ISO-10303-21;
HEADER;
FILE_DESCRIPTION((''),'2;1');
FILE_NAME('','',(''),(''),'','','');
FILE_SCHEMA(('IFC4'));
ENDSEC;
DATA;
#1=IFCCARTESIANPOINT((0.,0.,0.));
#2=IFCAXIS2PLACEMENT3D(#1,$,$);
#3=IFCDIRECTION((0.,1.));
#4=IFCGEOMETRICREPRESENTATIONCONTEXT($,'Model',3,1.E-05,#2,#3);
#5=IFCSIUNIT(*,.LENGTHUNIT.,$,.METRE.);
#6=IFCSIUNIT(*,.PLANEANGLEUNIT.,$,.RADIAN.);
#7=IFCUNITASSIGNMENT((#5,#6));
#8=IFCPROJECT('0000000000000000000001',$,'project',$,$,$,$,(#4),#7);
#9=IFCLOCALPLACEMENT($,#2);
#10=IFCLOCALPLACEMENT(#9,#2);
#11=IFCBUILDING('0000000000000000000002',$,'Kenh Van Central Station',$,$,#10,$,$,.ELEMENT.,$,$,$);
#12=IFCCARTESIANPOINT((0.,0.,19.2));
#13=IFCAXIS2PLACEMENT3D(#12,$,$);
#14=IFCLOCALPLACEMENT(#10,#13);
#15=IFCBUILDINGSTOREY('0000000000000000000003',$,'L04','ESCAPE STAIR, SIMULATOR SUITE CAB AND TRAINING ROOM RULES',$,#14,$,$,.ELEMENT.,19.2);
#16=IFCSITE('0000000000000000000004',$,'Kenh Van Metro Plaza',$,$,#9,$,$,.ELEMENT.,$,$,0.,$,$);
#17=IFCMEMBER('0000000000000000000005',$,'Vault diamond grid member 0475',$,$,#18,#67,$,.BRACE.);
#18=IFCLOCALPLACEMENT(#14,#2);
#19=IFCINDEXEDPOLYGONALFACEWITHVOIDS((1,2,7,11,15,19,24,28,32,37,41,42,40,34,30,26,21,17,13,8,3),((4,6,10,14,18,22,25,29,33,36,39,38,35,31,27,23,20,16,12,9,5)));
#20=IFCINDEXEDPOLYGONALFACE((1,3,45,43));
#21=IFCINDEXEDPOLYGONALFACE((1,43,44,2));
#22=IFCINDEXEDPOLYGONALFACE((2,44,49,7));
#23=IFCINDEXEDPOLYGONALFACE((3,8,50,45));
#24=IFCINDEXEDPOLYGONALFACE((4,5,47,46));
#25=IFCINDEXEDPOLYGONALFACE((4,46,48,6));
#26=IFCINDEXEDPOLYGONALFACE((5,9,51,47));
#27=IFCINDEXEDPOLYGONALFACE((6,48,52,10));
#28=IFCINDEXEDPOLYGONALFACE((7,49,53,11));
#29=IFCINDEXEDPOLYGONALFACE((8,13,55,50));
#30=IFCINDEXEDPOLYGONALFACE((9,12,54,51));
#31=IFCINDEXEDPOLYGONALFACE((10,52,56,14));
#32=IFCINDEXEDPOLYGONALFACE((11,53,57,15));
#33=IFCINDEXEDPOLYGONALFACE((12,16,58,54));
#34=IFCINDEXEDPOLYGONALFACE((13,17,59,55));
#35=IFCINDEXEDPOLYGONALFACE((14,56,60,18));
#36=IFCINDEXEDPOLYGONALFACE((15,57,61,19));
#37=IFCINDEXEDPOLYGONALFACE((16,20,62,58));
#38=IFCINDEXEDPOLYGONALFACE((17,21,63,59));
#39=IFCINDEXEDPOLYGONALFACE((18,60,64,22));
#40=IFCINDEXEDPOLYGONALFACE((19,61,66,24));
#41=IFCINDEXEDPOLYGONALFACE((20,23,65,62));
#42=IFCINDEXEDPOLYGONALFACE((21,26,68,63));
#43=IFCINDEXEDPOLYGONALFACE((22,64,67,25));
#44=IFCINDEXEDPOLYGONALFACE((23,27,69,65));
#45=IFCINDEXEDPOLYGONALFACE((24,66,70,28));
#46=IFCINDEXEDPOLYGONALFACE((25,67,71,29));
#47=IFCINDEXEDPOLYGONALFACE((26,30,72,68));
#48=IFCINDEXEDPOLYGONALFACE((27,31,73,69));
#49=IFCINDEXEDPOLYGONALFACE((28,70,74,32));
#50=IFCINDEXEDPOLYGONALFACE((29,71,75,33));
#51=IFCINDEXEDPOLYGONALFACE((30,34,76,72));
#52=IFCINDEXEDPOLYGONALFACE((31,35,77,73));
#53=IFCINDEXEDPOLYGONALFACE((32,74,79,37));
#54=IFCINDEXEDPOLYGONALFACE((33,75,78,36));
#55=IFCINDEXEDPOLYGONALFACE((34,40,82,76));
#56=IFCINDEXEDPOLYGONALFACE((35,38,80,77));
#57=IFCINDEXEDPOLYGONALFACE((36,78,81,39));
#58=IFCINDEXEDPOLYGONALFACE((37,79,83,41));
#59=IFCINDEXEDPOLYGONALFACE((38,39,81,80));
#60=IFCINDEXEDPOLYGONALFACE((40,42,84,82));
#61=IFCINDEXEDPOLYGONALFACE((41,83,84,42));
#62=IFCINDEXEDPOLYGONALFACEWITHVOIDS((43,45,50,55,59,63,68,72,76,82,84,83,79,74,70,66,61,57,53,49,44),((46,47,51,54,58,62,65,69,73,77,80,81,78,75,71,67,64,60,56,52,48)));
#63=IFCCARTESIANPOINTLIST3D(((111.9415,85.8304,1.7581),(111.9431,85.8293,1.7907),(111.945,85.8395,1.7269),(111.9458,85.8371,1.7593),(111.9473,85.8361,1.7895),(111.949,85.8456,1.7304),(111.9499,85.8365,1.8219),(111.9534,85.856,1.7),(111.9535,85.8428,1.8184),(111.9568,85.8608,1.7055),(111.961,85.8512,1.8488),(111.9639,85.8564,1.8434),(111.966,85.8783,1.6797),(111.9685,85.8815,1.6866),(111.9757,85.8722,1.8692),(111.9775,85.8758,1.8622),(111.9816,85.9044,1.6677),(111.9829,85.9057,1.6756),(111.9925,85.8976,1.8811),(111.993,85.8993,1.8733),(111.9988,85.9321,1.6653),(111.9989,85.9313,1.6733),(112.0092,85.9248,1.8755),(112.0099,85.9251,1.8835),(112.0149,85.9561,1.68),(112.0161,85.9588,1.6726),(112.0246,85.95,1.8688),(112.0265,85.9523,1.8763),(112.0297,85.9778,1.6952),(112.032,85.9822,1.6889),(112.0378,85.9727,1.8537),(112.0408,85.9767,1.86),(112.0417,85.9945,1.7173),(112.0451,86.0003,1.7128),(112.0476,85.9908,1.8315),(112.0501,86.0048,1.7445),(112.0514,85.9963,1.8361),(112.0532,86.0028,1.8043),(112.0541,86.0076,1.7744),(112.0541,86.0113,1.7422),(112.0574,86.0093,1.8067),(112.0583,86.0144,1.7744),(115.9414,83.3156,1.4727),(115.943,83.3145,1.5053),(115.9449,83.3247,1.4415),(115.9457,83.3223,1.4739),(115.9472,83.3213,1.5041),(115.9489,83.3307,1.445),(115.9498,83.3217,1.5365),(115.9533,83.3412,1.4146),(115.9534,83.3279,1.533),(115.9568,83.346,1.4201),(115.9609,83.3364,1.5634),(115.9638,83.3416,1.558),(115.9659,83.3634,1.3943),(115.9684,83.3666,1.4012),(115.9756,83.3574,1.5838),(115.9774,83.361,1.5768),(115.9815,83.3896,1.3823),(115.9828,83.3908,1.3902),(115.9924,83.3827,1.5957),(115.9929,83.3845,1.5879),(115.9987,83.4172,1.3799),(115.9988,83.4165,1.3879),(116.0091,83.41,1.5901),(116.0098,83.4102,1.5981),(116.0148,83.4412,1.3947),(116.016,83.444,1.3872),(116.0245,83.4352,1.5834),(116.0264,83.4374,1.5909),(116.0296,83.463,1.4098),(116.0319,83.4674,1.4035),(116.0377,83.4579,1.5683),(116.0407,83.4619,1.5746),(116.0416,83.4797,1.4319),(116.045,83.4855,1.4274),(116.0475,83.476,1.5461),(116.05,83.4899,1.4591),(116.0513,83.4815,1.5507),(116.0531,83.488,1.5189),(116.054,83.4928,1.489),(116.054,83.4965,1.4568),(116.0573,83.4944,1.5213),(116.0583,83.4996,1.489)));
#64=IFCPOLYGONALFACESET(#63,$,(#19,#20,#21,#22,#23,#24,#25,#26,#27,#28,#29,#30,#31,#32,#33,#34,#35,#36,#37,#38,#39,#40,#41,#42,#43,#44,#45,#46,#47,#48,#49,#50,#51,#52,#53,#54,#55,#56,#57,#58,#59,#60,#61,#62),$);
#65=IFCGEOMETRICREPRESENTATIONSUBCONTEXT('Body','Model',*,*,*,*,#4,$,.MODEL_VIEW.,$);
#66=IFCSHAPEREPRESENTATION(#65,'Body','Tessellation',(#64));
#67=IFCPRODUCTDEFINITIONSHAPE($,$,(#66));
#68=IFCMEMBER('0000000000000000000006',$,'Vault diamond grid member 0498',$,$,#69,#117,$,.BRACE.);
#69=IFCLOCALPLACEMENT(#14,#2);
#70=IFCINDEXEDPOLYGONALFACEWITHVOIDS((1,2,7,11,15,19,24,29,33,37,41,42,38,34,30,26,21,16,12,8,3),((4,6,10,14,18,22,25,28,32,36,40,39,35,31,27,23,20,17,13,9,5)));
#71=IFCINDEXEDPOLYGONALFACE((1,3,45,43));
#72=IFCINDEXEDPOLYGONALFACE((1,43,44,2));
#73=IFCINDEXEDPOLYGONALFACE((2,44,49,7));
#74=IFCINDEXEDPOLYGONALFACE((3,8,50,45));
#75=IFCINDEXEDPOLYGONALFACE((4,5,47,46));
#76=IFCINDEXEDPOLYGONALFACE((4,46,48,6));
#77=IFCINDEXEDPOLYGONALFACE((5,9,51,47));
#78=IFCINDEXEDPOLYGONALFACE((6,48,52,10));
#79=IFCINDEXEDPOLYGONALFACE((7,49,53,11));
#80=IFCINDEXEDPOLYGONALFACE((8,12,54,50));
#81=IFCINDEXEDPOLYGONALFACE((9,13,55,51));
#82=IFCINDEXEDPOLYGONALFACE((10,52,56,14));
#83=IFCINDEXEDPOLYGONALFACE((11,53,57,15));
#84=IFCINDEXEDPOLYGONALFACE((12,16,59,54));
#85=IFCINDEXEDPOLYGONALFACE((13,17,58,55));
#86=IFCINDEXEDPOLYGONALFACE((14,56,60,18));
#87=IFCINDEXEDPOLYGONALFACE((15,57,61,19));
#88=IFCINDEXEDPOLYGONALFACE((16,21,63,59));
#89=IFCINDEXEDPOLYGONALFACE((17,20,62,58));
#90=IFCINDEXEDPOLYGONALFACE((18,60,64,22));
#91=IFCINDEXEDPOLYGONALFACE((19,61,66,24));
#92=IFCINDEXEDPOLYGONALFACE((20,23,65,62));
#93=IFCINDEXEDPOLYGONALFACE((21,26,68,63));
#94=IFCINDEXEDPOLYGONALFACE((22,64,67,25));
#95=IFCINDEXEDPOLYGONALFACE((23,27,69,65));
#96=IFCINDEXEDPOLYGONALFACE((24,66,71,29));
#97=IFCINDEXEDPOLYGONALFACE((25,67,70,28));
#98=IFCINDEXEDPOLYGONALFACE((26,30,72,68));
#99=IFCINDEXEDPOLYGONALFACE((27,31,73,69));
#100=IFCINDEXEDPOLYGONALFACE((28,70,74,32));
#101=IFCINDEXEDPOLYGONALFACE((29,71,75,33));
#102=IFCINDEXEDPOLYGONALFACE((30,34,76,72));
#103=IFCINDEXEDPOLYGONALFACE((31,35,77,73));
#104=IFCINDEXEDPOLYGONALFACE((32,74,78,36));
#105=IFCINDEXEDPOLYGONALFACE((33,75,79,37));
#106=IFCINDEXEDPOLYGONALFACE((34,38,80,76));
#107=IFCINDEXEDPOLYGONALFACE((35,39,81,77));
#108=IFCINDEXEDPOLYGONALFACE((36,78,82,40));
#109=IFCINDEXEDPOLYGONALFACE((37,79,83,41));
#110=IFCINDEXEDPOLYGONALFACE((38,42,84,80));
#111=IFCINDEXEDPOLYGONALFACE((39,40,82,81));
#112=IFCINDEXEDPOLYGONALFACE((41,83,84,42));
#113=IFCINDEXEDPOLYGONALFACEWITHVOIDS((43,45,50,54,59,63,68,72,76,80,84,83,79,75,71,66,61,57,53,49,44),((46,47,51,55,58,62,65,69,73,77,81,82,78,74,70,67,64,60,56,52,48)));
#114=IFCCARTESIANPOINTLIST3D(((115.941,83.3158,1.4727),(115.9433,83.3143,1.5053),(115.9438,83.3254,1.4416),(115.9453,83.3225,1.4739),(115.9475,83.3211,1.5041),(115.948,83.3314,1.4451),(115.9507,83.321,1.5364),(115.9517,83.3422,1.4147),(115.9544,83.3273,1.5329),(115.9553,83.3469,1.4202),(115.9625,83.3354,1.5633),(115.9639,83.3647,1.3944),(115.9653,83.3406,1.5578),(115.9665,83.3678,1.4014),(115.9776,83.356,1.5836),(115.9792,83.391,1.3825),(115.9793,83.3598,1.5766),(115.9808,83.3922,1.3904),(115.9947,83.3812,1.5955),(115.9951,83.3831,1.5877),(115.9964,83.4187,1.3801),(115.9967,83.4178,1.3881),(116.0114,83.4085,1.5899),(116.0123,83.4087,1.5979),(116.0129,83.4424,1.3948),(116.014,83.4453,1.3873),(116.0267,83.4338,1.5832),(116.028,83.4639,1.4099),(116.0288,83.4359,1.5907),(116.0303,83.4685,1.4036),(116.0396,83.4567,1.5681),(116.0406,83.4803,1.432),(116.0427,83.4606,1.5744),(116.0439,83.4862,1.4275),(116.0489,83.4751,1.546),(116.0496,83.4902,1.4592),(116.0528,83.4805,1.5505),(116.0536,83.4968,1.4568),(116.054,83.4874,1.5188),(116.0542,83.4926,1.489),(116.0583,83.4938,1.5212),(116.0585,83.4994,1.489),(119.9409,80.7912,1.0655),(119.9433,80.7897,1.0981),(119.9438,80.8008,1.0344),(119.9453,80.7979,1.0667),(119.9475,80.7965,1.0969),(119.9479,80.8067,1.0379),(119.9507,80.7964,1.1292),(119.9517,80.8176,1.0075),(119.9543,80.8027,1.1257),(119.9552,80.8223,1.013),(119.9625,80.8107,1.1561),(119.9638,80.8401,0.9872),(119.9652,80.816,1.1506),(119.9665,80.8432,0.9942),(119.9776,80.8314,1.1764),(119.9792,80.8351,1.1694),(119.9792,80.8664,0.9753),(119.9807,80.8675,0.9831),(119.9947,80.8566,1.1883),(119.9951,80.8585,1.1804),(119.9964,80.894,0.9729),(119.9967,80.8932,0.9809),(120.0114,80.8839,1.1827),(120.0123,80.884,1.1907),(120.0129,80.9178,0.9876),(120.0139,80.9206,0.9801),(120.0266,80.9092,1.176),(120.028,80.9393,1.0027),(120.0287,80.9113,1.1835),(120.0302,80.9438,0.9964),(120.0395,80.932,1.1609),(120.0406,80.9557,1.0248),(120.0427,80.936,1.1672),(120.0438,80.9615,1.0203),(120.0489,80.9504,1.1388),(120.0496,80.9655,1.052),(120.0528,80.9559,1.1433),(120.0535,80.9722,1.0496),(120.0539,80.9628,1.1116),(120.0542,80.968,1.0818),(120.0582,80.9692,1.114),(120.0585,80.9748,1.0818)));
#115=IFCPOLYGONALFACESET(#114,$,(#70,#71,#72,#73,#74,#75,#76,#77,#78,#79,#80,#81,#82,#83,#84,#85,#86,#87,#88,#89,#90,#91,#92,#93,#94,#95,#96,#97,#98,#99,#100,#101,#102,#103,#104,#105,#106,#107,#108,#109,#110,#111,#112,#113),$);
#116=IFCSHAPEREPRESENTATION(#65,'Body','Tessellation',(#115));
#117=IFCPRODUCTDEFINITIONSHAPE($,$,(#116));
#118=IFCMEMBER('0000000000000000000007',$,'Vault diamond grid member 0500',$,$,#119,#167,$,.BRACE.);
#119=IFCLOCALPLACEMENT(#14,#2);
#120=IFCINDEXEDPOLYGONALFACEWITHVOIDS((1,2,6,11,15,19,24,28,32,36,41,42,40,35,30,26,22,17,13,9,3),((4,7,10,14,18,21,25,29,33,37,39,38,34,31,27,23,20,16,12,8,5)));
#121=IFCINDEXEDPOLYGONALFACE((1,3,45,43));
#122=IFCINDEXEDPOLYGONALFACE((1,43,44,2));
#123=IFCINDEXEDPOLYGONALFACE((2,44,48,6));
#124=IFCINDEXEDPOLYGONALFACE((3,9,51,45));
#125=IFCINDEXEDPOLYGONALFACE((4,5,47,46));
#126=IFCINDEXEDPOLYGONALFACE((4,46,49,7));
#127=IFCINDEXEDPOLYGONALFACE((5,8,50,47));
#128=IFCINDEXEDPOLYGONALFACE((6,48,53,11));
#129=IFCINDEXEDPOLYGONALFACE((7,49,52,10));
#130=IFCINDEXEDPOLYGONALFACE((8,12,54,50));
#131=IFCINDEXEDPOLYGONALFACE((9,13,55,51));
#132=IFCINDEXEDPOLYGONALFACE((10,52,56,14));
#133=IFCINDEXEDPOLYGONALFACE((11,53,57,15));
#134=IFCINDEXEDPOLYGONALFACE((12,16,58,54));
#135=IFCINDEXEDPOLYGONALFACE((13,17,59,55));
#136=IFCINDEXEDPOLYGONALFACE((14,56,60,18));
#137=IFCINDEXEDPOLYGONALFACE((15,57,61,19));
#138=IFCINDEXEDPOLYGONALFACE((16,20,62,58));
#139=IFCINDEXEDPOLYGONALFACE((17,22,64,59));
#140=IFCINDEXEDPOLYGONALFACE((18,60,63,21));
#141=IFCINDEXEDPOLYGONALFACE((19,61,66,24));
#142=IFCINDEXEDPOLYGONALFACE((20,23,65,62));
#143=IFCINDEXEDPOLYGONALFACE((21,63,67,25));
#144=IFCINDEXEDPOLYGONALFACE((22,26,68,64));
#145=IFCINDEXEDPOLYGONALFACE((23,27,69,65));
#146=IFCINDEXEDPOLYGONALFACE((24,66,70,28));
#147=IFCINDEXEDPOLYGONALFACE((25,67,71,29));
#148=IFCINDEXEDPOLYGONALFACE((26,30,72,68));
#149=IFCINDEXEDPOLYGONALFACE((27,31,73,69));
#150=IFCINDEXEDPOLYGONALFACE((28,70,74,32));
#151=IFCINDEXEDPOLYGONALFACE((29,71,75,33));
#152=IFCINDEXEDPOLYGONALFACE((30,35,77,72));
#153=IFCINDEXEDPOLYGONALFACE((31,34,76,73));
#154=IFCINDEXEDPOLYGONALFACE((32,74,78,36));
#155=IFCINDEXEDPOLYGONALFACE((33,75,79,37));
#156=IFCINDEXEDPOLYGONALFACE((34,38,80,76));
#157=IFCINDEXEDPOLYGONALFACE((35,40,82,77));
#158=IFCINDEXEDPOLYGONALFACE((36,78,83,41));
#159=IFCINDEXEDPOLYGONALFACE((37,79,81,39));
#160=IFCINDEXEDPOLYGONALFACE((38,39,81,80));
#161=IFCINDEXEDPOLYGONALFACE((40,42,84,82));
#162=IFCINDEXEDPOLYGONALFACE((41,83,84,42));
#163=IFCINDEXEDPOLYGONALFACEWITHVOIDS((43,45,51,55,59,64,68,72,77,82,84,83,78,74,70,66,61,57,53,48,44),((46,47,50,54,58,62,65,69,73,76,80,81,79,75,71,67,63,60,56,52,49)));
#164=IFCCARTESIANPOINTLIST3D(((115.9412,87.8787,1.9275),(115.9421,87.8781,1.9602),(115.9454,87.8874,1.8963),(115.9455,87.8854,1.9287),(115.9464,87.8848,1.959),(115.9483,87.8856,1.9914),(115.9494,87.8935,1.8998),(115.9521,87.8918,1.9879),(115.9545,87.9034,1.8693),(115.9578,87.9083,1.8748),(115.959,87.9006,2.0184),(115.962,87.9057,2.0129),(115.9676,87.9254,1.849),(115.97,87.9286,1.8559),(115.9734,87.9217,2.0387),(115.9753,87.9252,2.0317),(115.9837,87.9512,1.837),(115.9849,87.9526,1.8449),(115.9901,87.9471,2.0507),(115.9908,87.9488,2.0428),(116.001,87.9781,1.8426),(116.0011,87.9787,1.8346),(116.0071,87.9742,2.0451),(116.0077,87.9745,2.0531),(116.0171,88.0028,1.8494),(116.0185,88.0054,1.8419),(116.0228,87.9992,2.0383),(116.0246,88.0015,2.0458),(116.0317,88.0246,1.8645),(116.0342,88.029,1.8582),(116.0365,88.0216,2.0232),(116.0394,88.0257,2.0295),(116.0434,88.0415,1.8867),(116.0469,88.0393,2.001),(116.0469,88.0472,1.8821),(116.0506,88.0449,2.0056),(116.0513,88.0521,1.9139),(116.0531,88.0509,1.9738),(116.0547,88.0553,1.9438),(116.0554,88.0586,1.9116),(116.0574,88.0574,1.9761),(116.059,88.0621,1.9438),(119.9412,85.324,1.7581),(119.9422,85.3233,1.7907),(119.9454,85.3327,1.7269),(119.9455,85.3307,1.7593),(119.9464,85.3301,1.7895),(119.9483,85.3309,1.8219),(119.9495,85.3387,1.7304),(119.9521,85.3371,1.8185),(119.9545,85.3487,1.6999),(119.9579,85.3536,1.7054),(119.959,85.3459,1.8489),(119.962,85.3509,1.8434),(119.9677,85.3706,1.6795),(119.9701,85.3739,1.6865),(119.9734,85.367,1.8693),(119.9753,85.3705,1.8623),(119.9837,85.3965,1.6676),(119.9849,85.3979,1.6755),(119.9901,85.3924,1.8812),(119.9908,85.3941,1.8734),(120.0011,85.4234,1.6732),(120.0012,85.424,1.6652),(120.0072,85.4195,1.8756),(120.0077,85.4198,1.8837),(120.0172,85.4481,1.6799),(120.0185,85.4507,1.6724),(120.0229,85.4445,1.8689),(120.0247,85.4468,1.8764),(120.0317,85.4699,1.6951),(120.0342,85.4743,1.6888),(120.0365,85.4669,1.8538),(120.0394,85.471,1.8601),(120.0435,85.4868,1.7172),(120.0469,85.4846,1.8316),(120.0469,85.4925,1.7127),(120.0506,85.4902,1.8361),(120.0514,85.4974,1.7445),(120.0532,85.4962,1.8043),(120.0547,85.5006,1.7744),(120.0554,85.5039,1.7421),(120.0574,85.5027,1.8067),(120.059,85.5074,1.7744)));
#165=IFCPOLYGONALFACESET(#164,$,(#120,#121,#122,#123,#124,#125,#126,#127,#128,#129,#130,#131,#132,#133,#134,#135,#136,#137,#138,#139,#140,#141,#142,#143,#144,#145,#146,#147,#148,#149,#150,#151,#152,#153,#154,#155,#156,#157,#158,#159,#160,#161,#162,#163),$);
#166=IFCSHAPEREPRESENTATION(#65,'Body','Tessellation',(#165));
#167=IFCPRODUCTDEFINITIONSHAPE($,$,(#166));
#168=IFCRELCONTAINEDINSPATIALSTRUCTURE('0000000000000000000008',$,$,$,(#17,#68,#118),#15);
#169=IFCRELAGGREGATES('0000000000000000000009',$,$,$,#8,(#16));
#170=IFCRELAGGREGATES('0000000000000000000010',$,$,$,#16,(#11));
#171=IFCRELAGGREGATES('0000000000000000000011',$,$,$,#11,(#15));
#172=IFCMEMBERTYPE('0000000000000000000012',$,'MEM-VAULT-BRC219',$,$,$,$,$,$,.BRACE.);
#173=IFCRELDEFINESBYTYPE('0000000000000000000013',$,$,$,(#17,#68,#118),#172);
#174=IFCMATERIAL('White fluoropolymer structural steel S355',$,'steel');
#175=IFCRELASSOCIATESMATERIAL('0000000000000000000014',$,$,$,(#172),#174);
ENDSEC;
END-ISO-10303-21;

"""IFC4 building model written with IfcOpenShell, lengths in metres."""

from ifc_helpers import new_model, si_unit, direction, frame, origin, origin_2d, place, context, subcontext, project, spatial, hollow_circle, extrude, material, material_profile, profile_set, type_object, element, save


model = new_model("IFC4")

# Units and contexts
model_context = context("Model", 3, precision=1e-05, world=origin(), true_north=direction((0.0, 1.0)))
body_context = subcontext(model_context, "Body", "Model", "MODEL_VIEW")
ifc_project = project(units=[si_unit("LENGTHUNIT", "METRE"), si_unit("PLANEANGLEUNIT", "RADIAN")], contexts=[model_context])

# Site, building, storey
site_placement = place(None, origin())
site = spatial("IfcSite", under=ifc_project, at=site_placement, Name="Kenh Van Metro Plaza", CompositionType="ELEMENT", RefElevation=0.0)
building_placement = place(site_placement, origin())
building = spatial("IfcBuilding", under=site, at=building_placement, Name="Kenh Van Central Station", CompositionType="ELEMENT")
storey_placement = place(building_placement, frame((0.0, 0.0, 19.2)))
storey = spatial("IfcBuildingStorey", under=building, at=storey_placement, Name="L04", Description="ESCAPE STAIR, SIMULATOR SUITE CAB AND TRAINING ROOM RULES", CompositionType="ELEMENT", Elevation=19.2)

# Shared definitions
ifc_material_1 = material(Name="White fluoropolymer structural steel S355", Category="steel")

# Members
ifc_material_profile_1 = material_profile(ifc_material_1, hollow_circle(Radius=0.1096, WallThickness=0.0081, at=origin_2d()), Name="CHS 219.1x8")
ifc_profile_set_1 = profile_set([ifc_material_profile_1], Name="White fluoropolymer structural steel S355")
member_type_1 = type_object("IfcMemberType", Name="MEM-VAULT-BRC219", PredefinedType="BRACE", material=ifc_profile_set_1)
member_1_placement = place(storey_placement, frame((112.0, 85.9216, 1.7744), z_axis=(0.845038, -0.531295, -0.060294), x_axis=(0.532264, 0.846579, 0.0)))
element("IfcMember", 1, at=member_1_placement, inside=storey, type_object=member_type_1, Name="Vault diamond grid member 0475", PredefinedType="BRACE", context=body_context, shape_type="SweptSolid", body=[
    extrude(hollow_circle(Radius=0.1096, WallThickness=0.0081, at=origin_2d()), origin(), (0.0, 0.0, 1.0), 4.7334),
])
member_2_placement = place(storey_placement, frame((116.0, 83.4067, 1.489), z_axis=(0.84253, -0.531775, -0.085775), x_axis=(0.533742, 0.845647, 0.0)))
element("IfcMember", 2, at=member_2_placement, inside=storey, type_object=member_type_1, Name="Vault diamond grid member 0498", PredefinedType="BRACE", context=body_context, shape_type="SweptSolid", body=[
    extrude(hollow_circle(Radius=0.1096, WallThickness=0.0081, at=origin_2d()), origin(), (0.0, 0.0, 1.0), 4.7476),
])
member_3_placement = place(storey_placement, frame((116.0, 87.9697, 1.9438), z_axis=(0.842243, -0.537917, -0.035676), x_axis=(0.538259, 0.842779, 0.0)))
element("IfcMember", 3, at=member_3_placement, inside=storey, type_object=member_type_1, Name="Vault diamond grid member 0500", PredefinedType="BRACE", context=body_context, shape_type="SweptSolid", body=[
    extrude(hollow_circle(Radius=0.1096, WallThickness=0.0081, at=origin_2d()), origin(), (0.0, 0.0, 1.0), 4.7493),
])

save(model, "model.ifc")
